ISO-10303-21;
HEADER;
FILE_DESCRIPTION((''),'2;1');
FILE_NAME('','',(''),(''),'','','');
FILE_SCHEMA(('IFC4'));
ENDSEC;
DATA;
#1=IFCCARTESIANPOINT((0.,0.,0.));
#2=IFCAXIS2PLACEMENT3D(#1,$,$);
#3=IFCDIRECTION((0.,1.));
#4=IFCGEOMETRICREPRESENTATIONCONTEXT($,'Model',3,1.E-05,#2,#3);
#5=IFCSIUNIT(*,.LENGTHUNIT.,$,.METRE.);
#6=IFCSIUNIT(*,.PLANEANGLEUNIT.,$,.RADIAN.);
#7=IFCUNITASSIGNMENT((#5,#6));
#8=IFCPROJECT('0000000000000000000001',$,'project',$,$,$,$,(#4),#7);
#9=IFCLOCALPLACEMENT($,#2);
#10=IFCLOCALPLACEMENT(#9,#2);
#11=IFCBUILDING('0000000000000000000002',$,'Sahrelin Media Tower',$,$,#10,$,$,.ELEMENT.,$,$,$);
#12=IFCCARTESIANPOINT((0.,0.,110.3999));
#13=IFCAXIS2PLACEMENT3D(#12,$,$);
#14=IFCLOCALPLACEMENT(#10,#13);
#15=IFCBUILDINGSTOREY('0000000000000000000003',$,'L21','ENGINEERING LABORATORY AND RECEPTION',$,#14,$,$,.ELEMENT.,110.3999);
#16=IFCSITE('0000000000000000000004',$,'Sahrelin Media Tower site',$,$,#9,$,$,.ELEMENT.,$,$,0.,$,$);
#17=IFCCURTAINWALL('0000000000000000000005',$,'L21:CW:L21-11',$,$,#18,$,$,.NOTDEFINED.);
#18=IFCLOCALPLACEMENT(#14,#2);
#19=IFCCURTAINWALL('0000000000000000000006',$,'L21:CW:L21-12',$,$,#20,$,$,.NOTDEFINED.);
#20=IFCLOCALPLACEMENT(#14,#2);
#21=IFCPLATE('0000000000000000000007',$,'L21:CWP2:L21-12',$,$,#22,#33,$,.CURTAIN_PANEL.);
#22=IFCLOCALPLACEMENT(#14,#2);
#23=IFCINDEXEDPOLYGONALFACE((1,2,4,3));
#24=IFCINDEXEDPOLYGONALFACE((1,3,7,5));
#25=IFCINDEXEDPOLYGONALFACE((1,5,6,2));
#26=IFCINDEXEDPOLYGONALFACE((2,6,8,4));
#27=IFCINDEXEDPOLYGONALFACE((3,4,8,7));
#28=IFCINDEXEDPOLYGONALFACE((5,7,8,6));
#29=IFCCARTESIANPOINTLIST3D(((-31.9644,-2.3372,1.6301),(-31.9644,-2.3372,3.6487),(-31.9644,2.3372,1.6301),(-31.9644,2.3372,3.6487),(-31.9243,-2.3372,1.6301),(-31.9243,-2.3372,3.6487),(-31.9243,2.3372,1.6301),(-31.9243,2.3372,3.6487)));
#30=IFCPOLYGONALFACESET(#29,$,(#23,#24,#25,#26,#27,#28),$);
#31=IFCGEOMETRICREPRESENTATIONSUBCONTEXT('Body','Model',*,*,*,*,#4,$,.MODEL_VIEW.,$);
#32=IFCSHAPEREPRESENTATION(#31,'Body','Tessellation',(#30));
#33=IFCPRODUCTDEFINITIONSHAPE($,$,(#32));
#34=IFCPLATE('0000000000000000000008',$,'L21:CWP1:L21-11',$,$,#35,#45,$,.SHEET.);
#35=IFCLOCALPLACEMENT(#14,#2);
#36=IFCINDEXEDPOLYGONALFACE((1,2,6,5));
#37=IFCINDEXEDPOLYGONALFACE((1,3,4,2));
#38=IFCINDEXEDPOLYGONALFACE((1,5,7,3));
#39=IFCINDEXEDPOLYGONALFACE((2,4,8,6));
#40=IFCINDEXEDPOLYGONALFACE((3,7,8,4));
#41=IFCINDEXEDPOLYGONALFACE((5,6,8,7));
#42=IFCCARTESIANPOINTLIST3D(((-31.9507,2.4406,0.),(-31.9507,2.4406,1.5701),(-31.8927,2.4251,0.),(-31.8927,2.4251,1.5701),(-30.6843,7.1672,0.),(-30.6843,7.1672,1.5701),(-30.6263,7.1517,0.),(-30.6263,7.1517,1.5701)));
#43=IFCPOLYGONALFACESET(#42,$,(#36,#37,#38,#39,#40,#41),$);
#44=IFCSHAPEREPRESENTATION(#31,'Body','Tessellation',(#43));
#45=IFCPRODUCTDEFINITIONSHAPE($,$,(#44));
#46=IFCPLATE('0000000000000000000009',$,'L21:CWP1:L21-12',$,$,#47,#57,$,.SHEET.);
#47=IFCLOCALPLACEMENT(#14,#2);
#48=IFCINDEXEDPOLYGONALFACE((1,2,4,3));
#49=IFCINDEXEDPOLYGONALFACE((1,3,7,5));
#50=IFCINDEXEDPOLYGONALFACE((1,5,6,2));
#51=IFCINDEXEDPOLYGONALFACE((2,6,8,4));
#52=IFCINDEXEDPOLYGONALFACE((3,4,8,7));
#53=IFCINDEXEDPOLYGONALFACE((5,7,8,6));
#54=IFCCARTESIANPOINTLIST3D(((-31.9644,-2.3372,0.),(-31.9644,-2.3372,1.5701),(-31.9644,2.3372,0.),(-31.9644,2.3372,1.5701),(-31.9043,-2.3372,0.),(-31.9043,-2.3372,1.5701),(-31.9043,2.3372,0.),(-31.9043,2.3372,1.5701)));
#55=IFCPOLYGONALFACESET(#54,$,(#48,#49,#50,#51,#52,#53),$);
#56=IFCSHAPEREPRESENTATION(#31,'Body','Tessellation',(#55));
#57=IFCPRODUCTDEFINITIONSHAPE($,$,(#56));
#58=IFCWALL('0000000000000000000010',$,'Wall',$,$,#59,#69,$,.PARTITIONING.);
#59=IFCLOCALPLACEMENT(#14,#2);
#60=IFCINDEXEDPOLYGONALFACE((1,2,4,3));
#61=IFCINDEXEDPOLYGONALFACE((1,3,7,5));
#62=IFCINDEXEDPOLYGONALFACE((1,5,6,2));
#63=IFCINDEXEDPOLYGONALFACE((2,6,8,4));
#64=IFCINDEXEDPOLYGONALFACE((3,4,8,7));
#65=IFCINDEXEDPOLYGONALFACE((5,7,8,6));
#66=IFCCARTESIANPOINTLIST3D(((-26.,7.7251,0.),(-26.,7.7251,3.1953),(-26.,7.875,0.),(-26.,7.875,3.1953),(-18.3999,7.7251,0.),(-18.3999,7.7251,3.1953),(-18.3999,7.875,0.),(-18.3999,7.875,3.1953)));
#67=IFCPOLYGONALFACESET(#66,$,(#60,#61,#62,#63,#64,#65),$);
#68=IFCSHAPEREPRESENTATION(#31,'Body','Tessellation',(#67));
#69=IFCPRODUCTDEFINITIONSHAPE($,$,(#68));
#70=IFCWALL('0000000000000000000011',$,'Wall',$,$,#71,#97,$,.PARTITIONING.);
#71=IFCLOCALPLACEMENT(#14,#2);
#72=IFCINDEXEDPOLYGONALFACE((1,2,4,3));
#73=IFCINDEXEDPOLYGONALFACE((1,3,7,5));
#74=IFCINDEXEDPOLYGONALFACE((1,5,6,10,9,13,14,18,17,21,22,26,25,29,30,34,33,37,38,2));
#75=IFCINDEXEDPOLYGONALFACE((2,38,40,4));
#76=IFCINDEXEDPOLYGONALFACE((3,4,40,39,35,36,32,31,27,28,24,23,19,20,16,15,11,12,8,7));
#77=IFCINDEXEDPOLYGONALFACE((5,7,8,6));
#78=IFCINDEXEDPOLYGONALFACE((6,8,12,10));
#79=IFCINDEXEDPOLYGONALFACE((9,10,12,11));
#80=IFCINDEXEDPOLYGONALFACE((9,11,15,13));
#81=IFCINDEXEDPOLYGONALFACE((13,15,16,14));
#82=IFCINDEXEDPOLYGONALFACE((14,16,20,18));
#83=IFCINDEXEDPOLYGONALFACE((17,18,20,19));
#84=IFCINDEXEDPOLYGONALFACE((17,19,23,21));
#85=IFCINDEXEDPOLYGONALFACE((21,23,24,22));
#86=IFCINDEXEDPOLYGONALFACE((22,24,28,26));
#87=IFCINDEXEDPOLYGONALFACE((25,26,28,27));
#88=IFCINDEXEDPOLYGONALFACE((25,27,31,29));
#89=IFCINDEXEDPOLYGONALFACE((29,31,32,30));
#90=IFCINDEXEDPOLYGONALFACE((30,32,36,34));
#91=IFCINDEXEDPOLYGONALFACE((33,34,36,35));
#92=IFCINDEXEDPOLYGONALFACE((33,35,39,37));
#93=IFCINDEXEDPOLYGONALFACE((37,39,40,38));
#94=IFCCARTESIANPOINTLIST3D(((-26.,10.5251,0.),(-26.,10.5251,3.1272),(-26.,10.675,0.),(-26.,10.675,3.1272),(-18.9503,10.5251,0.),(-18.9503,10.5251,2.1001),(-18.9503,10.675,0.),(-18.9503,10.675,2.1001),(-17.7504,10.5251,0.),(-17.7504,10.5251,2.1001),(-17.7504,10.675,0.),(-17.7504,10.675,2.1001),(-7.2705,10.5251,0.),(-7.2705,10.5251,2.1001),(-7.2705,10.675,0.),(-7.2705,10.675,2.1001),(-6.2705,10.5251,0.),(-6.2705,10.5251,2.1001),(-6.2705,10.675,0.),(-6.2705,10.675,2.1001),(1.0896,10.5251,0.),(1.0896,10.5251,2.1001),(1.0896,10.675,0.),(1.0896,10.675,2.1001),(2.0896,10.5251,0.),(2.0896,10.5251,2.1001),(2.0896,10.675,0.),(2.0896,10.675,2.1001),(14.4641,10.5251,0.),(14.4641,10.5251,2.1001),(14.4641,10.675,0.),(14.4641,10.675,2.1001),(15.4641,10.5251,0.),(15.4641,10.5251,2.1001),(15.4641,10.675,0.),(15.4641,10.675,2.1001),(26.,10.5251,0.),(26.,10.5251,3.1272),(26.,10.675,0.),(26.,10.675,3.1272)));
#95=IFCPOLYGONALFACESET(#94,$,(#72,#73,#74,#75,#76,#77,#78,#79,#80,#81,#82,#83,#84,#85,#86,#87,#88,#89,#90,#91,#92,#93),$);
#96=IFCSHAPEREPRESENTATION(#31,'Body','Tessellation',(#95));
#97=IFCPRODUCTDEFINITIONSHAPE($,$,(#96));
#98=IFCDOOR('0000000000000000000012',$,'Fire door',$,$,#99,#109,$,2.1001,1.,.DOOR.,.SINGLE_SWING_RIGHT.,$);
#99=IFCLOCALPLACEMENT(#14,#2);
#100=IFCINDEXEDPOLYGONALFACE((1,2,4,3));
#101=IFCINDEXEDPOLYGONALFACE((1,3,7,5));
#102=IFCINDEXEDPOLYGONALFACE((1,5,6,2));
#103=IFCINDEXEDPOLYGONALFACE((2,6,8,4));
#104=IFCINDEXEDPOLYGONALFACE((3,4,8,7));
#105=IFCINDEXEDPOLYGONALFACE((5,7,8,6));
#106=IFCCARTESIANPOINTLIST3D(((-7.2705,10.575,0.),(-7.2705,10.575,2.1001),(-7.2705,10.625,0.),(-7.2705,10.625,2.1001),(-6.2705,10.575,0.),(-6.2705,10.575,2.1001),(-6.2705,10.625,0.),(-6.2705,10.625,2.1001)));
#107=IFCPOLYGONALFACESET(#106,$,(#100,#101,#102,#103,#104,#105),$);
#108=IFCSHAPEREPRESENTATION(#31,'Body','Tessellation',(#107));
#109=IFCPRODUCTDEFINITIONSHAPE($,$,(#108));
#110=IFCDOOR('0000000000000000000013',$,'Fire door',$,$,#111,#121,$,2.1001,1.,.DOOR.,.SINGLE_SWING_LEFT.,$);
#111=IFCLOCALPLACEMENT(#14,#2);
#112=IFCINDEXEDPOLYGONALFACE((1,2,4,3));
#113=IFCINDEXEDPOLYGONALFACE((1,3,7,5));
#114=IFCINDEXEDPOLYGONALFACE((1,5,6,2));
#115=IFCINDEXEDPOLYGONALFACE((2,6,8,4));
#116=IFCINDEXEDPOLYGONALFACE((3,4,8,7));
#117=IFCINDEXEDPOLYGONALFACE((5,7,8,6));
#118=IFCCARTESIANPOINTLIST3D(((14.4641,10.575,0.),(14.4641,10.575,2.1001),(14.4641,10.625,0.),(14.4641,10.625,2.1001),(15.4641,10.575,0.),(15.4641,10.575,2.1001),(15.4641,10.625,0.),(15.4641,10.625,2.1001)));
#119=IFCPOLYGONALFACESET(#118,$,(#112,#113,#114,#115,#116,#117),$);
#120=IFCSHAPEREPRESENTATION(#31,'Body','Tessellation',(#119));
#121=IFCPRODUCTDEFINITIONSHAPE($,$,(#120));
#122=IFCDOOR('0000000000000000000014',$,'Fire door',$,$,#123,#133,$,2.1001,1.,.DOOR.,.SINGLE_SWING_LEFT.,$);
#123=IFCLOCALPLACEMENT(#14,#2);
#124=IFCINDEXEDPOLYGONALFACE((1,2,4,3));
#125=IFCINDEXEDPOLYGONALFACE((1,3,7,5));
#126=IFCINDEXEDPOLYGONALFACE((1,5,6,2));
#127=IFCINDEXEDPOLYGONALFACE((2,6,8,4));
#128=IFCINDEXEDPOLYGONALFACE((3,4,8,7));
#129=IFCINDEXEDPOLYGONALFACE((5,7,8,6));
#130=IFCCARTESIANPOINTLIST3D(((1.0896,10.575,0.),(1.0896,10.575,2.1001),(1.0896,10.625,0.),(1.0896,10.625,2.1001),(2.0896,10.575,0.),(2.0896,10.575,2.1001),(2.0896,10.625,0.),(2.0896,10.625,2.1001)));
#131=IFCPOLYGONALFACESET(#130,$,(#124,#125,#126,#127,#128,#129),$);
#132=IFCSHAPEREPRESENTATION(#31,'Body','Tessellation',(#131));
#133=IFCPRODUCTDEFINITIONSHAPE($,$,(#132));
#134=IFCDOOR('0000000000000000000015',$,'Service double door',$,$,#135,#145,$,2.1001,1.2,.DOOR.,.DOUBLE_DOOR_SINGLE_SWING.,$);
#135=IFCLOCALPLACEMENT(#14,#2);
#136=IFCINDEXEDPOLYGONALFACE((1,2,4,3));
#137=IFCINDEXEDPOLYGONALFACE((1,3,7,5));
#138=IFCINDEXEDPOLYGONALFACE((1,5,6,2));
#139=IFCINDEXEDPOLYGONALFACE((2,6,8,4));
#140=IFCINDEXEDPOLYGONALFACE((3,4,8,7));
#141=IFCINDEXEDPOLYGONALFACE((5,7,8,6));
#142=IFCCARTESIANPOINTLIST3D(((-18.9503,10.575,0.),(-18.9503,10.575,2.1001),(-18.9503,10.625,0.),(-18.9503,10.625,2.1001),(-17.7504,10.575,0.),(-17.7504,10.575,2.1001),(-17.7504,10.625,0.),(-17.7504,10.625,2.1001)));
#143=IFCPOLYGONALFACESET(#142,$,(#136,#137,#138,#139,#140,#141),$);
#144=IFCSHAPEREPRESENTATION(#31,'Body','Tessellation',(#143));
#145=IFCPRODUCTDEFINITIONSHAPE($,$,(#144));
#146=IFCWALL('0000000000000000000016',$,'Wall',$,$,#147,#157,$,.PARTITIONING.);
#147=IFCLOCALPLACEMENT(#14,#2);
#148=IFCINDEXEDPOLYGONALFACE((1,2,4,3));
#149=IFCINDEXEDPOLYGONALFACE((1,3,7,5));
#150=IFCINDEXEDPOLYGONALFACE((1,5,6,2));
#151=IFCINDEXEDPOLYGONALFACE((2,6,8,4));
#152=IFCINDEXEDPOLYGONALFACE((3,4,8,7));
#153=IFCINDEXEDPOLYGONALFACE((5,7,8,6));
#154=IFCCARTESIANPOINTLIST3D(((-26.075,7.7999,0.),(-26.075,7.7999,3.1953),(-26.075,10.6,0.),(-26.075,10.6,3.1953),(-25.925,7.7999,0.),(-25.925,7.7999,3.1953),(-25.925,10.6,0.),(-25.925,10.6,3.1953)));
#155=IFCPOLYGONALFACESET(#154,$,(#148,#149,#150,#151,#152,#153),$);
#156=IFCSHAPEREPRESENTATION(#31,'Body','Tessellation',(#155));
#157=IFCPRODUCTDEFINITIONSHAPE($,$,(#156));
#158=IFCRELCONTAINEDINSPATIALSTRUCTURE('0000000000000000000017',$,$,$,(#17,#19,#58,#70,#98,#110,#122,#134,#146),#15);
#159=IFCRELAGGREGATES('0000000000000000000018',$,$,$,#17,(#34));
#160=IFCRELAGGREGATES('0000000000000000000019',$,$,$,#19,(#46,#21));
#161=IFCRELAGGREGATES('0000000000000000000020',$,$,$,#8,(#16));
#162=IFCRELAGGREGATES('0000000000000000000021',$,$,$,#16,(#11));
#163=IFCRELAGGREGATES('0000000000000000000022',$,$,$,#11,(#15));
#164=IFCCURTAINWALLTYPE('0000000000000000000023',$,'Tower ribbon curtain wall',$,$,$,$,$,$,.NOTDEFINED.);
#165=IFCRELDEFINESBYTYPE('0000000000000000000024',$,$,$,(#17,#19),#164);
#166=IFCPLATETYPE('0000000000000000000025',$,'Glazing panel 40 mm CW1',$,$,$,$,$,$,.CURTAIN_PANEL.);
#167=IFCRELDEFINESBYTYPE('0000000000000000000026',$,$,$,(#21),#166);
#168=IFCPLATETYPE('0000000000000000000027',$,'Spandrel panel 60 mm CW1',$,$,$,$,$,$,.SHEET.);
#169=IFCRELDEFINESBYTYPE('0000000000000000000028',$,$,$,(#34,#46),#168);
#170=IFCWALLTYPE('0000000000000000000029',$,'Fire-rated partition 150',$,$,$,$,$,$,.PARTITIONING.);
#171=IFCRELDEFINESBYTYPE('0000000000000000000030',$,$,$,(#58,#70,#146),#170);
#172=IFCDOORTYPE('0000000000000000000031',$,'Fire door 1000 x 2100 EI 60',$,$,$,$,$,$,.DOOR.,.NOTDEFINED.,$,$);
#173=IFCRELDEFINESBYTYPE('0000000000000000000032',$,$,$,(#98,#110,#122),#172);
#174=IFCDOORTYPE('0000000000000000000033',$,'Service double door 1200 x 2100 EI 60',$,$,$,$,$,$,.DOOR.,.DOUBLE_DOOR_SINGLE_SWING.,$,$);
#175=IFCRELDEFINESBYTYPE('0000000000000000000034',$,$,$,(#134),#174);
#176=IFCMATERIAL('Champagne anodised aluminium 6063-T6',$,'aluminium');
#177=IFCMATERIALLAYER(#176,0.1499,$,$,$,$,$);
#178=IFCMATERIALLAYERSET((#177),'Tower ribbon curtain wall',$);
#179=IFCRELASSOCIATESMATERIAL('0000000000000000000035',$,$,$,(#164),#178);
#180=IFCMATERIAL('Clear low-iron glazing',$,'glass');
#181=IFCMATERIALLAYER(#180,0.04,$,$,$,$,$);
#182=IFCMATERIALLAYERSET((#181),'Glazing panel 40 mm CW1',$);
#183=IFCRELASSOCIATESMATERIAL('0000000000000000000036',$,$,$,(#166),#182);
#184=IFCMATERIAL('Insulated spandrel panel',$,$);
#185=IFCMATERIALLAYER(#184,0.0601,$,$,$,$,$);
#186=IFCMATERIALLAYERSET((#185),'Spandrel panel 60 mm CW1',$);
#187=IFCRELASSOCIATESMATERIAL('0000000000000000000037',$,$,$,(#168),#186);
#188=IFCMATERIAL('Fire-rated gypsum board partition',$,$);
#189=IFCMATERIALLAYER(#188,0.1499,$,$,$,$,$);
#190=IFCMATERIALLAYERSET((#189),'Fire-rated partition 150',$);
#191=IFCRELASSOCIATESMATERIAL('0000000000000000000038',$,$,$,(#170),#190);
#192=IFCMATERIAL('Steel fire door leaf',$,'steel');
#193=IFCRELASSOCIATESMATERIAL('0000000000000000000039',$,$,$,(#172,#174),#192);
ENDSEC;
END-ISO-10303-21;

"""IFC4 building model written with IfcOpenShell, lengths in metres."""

from ifc_helpers import new_model, si_unit, direction, frame, frame_2d, origin, place, context, subcontext, project, spatial, polyline, rectangle, outline, extrude, material, layer, layer_set, type_object, element, fill, aggregate, save


model = new_model("IFC4")

# Units and contexts
model_context = context("Model", 3, precision=1e-05, world=origin(), true_north=direction((0.0, 1.0)))
body_context = subcontext(model_context, "Body", "Model", "MODEL_VIEW")
ifc_project = project(units=[si_unit("LENGTHUNIT", "METRE"), si_unit("PLANEANGLEUNIT", "RADIAN")], contexts=[model_context])

# Site, building, storey
site_placement = place(None, origin())
site = spatial("IfcSite", under=ifc_project, at=site_placement, Name="Sahrelin Media Tower site", CompositionType="ELEMENT", RefElevation=0.0)
building_placement = place(site_placement, origin())
building = spatial("IfcBuilding", under=site, at=building_placement, Name="Sahrelin Media Tower", CompositionType="ELEMENT")
storey_placement = place(building_placement, frame((0.0, 0.0, 110.3999)))
storey = spatial("IfcBuildingStorey", under=building, at=storey_placement, Name="L21", Description="ENGINEERING LABORATORY AND RECEPTION", CompositionType="ELEMENT", Elevation=110.3999)

# Curtain wall
ifc_material_1 = material(Name="Champagne anodised aluminium 6063-T6", Category="aluminium")
ifc_layer_1 = layer(ifc_material_1, 0.1499)
ifc_layer_set_1 = layer_set([ifc_layer_1], Name="Tower ribbon curtain wall")
curtain_wall_type = type_object("IfcCurtainWallType", Name="Tower ribbon curtain wall", PredefinedType="NOTDEFINED", material=ifc_layer_set_1)
curtain_wall_1_placement = place(storey_placement, frame((-31.2981, 4.7986, 0.0), z_axis=(0.0, 0.0, 1.0), x_axis=(1.0, 0.0, 0.0)))
curtain_wall_1 = element("IfcCurtainWall", 1, at=curtain_wall_1_placement, inside=storey, type_object=curtain_wall_type, Name="L21:CW:L21-11", PredefinedType="NOTDEFINED")

# Curtain wall
curtain_wall_2_placement = place(storey_placement, frame((-31.9443, 0.0, 0.0), z_axis=(0.0, 0.0, 1.0), x_axis=(1.0, 0.0, 0.0)))
curtain_wall_2 = element("IfcCurtainWall", 2, at=curtain_wall_2_placement, inside=storey, type_object=curtain_wall_type, Name="L21:CW:L21-12", PredefinedType="NOTDEFINED")

# Plates
ifc_material_2 = material(Name="Clear low-iron glazing", Category="glass")
ifc_layer_2 = layer(ifc_material_2, 0.04)
ifc_layer_set_2 = layer_set([ifc_layer_2], Name="Glazing panel 40 mm CW1")
plate_type_1 = type_object("IfcPlateType", Name="Glazing panel 40 mm CW1", PredefinedType="CURTAIN_PANEL", material=ifc_layer_set_2)
plate_1_placement = place(storey_placement, frame((-31.9644, 2.3372, 1.6301), z_axis=(-1.0, 0.0, 0.0), x_axis=(0.0, -1.0, 0.0)))
plate_1 = element("IfcPlate", 3, at=plate_1_placement, type_object=plate_type_1, Name="L21:CWP2:L21-12", PredefinedType="CURTAIN_PANEL", context=body_context, shape_type="SweptSolid", body=[
    extrude(outline(polyline([(0.0, 0.0), (4.6743, 0.0), (4.6743, 2.0186), (0.0, 2.0186), (0.0, 0.0)])), origin(), (0.0, 0.0, -1.0), 0.04),
])
ifc_material_3 = material(Name="Insulated spandrel panel")
ifc_layer_3 = layer(ifc_material_3, 0.0601)
ifc_layer_set_3 = layer_set([ifc_layer_3], Name="Spandrel panel 60 mm CW1")
plate_type_2 = type_object("IfcPlateType", Name="Spandrel panel 60 mm CW1", PredefinedType="SHEET", material=ifc_layer_set_3)
plate_2_placement = place(storey_placement, frame((-30.6843, 7.1672, 0.0), z_axis=(-0.965932, 0.258796, 0.0), x_axis=(-0.258796, -0.965932, 0.0)))
plate_2 = element("IfcPlate", 4, at=plate_2_placement, type_object=plate_type_2, Name="L21:CWP1:L21-11", PredefinedType="SHEET", context=body_context, shape_type="SweptSolid", body=[
    extrude(outline(polyline([(0.0, 0.0), (4.8933, 0.0), (4.8933, 1.5701), (0.0, 1.5701), (0.0, 0.0)])), origin(), (0.0, 0.0, -1.0), 0.0601),
])
aggregate(curtain_wall_1, [plate_2])
plate_3_placement = place(storey_placement, frame((-31.9644, 2.3372, 0.0), z_axis=(-1.0, 0.0, 0.0), x_axis=(0.0, -1.0, 0.0)))
plate_3 = element("IfcPlate", 5, at=plate_3_placement, type_object=plate_type_2, Name="L21:CWP1:L21-12", PredefinedType="SHEET", context=body_context, shape_type="SweptSolid", body=[
    extrude(outline(polyline([(0.0, 0.0), (4.6743, 0.0), (4.6743, 1.5701), (0.0, 1.5701), (0.0, 0.0)])), origin(), (0.0, 0.0, -1.0), 0.0601),
])
aggregate(curtain_wall_2, [plate_3, plate_1])

# Wall
ifc_material_4 = material(Name="Fire-rated gypsum board partition")
ifc_layer_4 = layer(ifc_material_4, 0.1499)
ifc_layer_set_4 = layer_set([ifc_layer_4], Name="Fire-rated partition 150")
wall_type = type_object("IfcWallType", Name="Fire-rated partition 150", PredefinedType="PARTITIONING", material=ifc_layer_set_4)
wall_1_placement = place(storey_placement, frame((-26.0, 7.8, 0.0), z_axis=(0.0, 0.0, 1.0), x_axis=(1.0, 0.0, 0.0)))
element("IfcWall", 6, at=wall_1_placement, inside=storey, type_object=wall_type, Name="Wall", PredefinedType="PARTITIONING", context=body_context, shape_type="SweptSolid", body=[
    extrude(rectangle(XDim=7.6001, YDim=0.1499, at=frame_2d((3.8, 0.0))), origin(), (0.0, 0.0, 1.0), 3.1953),
])

# Wall, openings, doors
wall_2_placement = place(storey_placement, frame((-26.0, 10.6001, 0.0), z_axis=(0.0, 0.0, 1.0), x_axis=(1.0, 0.0, 0.0)))
wall_2 = element("IfcWall", 7, at=wall_2_placement, inside=storey, type_object=wall_type, Name="Wall", PredefinedType="PARTITIONING", context=body_context, shape_type="SweptSolid", body=[
    extrude(rectangle(XDim=52.0, YDim=0.1499, at=frame_2d((26.0, 0.0))), origin(), (0.0, 0.0, 1.0), 3.1272),
])
opening_1_placement = place(wall_2_placement, frame((18.7295, 0.0, 0.0)))
opening_1 = element("IfcOpeningElement", 8, at=opening_1_placement, cuts=wall_2, PredefinedType="OPENING", context=body_context, shape_type="SweptSolid", body=[
    extrude(rectangle(XDim=1.0, YDim=2.1001, at=frame_2d((0.5, 1.05))), frame((0.0, 0.075, 0.0), z_axis=(0.0, -1.0, 0.0), x_axis=(1.0, 0.0, 0.0)), (0.0, 0.0, 1.0), 0.1499),
])
opening_2_placement = place(wall_2_placement, frame((7.0496, 0.0, 0.0)))
opening_2 = element("IfcOpeningElement", 9, at=opening_2_placement, cuts=wall_2, PredefinedType="OPENING", context=body_context, shape_type="SweptSolid", body=[
    extrude(rectangle(XDim=1.2, YDim=2.1001, at=frame_2d((0.6001, 1.05))), frame((0.0, 0.075, 0.0), z_axis=(0.0, -1.0, 0.0), x_axis=(1.0, 0.0, 0.0)), (0.0, 0.0, 1.0), 0.1499),
])
opening_3_placement = place(wall_2_placement, frame((40.4641, 0.0, 0.0)))
opening_3 = element("IfcOpeningElement", 10, at=opening_3_placement, cuts=wall_2, PredefinedType="OPENING", context=body_context, shape_type="SweptSolid", body=[
    extrude(rectangle(XDim=1.0, YDim=2.1001, at=frame_2d((0.5, 1.05))), frame((0.0, 0.075, 0.0), z_axis=(0.0, -1.0, 0.0), x_axis=(1.0, 0.0, 0.0)), (0.0, 0.0, 1.0), 0.1499),
])
opening_4_placement = place(wall_2_placement, frame((27.0896, 0.0, 0.0)))
opening_4 = element("IfcOpeningElement", 11, at=opening_4_placement, cuts=wall_2, PredefinedType="OPENING", context=body_context, shape_type="SweptSolid", body=[
    extrude(rectangle(XDim=1.0, YDim=2.1001, at=frame_2d((0.5, 1.05))), frame((0.0, 0.075, 0.0), z_axis=(0.0, -1.0, 0.0), x_axis=(1.0, 0.0, 0.0)), (0.0, 0.0, 1.0), 0.1499),
])
ifc_material_5 = material(Name="Steel fire door leaf", Category="steel")
door_type_1 = type_object("IfcDoorType", Name="Fire door 1000 x 2100 EI 60", OperationType="NOTDEFINED", PredefinedType="DOOR", material=ifc_material_5)
door_1_placement = place(opening_1_placement, origin())
door_1 = element("IfcDoor", 12, at=door_1_placement, inside=storey, type_object=door_type_1, Name="Fire door", OperationType="SINGLE_SWING_RIGHT", OverallHeight=2.1001, OverallWidth=1.0, PredefinedType="DOOR", context=body_context, shape_type="SweptSolid", body=[
    extrude(rectangle(XDim=1.0, YDim=2.1001, at=frame_2d((0.5, 1.05))), frame((0.0, 0.0249, 0.0), z_axis=(0.0, -1.0, 0.0), x_axis=(1.0, 0.0, 0.0)), (0.0, 0.0, 1.0), 0.05),
])
fill(opening_1, door_1)
door_2_placement = place(opening_3_placement, origin())
door_2 = element("IfcDoor", 13, at=door_2_placement, inside=storey, type_object=door_type_1, Name="Fire door", OperationType="SINGLE_SWING_LEFT", OverallHeight=2.1001, OverallWidth=1.0, PredefinedType="DOOR", context=body_context, shape_type="SweptSolid", body=[
    extrude(rectangle(XDim=1.0, YDim=2.1001, at=frame_2d((0.5, 1.05))), frame((0.0, 0.0249, 0.0), z_axis=(0.0, -1.0, 0.0), x_axis=(1.0, 0.0, 0.0)), (0.0, 0.0, 1.0), 0.05),
])
fill(opening_3, door_2)
door_3_placement = place(opening_4_placement, origin())
door_3 = element("IfcDoor", 14, at=door_3_placement, inside=storey, type_object=door_type_1, Name="Fire door", OperationType="SINGLE_SWING_LEFT", OverallHeight=2.1001, OverallWidth=1.0, PredefinedType="DOOR", context=body_context, shape_type="SweptSolid", body=[
    extrude(rectangle(XDim=1.0, YDim=2.1001, at=frame_2d((0.5, 1.05))), frame((0.0, 0.0249, 0.0), z_axis=(0.0, -1.0, 0.0), x_axis=(1.0, 0.0, 0.0)), (0.0, 0.0, 1.0), 0.05),
])
fill(opening_4, door_3)
door_type_2 = type_object("IfcDoorType", Name="Service double door 1200 x 2100 EI 60", OperationType="DOUBLE_DOOR_SINGLE_SWING", PredefinedType="DOOR", material=ifc_material_5)
door_4_placement = place(opening_2_placement, origin())
door_4 = element("IfcDoor", 15, at=door_4_placement, inside=storey, type_object=door_type_2, Name="Service double door", OperationType="DOUBLE_DOOR_SINGLE_SWING", OverallHeight=2.1001, OverallWidth=1.2, PredefinedType="DOOR", context=body_context, shape_type="SweptSolid", body=[
    extrude(rectangle(XDim=1.2, YDim=2.1001, at=frame_2d((0.6001, 1.05))), frame((0.0, 0.0249, 0.0), z_axis=(0.0, -1.0, 0.0), x_axis=(1.0, 0.0, 0.0)), (0.0, 0.0, 1.0), 0.05),
])
fill(opening_2, door_4)

# Wall
wall_3_placement = place(storey_placement, frame((-26.0, 7.8, 0.0), z_axis=(0.0, 0.0, 1.0), x_axis=(0.0, 1.0, 0.0)))
element("IfcWall", 16, at=wall_3_placement, inside=storey, type_object=wall_type, Name="Wall", PredefinedType="PARTITIONING", context=body_context, shape_type="SweptSolid", body=[
    extrude(rectangle(XDim=2.8, YDim=0.1499, at=frame_2d((1.3999, 0.0))), origin(), (0.0, 0.0, 1.0), 3.1953),
])

save(model, "model.ifc")
